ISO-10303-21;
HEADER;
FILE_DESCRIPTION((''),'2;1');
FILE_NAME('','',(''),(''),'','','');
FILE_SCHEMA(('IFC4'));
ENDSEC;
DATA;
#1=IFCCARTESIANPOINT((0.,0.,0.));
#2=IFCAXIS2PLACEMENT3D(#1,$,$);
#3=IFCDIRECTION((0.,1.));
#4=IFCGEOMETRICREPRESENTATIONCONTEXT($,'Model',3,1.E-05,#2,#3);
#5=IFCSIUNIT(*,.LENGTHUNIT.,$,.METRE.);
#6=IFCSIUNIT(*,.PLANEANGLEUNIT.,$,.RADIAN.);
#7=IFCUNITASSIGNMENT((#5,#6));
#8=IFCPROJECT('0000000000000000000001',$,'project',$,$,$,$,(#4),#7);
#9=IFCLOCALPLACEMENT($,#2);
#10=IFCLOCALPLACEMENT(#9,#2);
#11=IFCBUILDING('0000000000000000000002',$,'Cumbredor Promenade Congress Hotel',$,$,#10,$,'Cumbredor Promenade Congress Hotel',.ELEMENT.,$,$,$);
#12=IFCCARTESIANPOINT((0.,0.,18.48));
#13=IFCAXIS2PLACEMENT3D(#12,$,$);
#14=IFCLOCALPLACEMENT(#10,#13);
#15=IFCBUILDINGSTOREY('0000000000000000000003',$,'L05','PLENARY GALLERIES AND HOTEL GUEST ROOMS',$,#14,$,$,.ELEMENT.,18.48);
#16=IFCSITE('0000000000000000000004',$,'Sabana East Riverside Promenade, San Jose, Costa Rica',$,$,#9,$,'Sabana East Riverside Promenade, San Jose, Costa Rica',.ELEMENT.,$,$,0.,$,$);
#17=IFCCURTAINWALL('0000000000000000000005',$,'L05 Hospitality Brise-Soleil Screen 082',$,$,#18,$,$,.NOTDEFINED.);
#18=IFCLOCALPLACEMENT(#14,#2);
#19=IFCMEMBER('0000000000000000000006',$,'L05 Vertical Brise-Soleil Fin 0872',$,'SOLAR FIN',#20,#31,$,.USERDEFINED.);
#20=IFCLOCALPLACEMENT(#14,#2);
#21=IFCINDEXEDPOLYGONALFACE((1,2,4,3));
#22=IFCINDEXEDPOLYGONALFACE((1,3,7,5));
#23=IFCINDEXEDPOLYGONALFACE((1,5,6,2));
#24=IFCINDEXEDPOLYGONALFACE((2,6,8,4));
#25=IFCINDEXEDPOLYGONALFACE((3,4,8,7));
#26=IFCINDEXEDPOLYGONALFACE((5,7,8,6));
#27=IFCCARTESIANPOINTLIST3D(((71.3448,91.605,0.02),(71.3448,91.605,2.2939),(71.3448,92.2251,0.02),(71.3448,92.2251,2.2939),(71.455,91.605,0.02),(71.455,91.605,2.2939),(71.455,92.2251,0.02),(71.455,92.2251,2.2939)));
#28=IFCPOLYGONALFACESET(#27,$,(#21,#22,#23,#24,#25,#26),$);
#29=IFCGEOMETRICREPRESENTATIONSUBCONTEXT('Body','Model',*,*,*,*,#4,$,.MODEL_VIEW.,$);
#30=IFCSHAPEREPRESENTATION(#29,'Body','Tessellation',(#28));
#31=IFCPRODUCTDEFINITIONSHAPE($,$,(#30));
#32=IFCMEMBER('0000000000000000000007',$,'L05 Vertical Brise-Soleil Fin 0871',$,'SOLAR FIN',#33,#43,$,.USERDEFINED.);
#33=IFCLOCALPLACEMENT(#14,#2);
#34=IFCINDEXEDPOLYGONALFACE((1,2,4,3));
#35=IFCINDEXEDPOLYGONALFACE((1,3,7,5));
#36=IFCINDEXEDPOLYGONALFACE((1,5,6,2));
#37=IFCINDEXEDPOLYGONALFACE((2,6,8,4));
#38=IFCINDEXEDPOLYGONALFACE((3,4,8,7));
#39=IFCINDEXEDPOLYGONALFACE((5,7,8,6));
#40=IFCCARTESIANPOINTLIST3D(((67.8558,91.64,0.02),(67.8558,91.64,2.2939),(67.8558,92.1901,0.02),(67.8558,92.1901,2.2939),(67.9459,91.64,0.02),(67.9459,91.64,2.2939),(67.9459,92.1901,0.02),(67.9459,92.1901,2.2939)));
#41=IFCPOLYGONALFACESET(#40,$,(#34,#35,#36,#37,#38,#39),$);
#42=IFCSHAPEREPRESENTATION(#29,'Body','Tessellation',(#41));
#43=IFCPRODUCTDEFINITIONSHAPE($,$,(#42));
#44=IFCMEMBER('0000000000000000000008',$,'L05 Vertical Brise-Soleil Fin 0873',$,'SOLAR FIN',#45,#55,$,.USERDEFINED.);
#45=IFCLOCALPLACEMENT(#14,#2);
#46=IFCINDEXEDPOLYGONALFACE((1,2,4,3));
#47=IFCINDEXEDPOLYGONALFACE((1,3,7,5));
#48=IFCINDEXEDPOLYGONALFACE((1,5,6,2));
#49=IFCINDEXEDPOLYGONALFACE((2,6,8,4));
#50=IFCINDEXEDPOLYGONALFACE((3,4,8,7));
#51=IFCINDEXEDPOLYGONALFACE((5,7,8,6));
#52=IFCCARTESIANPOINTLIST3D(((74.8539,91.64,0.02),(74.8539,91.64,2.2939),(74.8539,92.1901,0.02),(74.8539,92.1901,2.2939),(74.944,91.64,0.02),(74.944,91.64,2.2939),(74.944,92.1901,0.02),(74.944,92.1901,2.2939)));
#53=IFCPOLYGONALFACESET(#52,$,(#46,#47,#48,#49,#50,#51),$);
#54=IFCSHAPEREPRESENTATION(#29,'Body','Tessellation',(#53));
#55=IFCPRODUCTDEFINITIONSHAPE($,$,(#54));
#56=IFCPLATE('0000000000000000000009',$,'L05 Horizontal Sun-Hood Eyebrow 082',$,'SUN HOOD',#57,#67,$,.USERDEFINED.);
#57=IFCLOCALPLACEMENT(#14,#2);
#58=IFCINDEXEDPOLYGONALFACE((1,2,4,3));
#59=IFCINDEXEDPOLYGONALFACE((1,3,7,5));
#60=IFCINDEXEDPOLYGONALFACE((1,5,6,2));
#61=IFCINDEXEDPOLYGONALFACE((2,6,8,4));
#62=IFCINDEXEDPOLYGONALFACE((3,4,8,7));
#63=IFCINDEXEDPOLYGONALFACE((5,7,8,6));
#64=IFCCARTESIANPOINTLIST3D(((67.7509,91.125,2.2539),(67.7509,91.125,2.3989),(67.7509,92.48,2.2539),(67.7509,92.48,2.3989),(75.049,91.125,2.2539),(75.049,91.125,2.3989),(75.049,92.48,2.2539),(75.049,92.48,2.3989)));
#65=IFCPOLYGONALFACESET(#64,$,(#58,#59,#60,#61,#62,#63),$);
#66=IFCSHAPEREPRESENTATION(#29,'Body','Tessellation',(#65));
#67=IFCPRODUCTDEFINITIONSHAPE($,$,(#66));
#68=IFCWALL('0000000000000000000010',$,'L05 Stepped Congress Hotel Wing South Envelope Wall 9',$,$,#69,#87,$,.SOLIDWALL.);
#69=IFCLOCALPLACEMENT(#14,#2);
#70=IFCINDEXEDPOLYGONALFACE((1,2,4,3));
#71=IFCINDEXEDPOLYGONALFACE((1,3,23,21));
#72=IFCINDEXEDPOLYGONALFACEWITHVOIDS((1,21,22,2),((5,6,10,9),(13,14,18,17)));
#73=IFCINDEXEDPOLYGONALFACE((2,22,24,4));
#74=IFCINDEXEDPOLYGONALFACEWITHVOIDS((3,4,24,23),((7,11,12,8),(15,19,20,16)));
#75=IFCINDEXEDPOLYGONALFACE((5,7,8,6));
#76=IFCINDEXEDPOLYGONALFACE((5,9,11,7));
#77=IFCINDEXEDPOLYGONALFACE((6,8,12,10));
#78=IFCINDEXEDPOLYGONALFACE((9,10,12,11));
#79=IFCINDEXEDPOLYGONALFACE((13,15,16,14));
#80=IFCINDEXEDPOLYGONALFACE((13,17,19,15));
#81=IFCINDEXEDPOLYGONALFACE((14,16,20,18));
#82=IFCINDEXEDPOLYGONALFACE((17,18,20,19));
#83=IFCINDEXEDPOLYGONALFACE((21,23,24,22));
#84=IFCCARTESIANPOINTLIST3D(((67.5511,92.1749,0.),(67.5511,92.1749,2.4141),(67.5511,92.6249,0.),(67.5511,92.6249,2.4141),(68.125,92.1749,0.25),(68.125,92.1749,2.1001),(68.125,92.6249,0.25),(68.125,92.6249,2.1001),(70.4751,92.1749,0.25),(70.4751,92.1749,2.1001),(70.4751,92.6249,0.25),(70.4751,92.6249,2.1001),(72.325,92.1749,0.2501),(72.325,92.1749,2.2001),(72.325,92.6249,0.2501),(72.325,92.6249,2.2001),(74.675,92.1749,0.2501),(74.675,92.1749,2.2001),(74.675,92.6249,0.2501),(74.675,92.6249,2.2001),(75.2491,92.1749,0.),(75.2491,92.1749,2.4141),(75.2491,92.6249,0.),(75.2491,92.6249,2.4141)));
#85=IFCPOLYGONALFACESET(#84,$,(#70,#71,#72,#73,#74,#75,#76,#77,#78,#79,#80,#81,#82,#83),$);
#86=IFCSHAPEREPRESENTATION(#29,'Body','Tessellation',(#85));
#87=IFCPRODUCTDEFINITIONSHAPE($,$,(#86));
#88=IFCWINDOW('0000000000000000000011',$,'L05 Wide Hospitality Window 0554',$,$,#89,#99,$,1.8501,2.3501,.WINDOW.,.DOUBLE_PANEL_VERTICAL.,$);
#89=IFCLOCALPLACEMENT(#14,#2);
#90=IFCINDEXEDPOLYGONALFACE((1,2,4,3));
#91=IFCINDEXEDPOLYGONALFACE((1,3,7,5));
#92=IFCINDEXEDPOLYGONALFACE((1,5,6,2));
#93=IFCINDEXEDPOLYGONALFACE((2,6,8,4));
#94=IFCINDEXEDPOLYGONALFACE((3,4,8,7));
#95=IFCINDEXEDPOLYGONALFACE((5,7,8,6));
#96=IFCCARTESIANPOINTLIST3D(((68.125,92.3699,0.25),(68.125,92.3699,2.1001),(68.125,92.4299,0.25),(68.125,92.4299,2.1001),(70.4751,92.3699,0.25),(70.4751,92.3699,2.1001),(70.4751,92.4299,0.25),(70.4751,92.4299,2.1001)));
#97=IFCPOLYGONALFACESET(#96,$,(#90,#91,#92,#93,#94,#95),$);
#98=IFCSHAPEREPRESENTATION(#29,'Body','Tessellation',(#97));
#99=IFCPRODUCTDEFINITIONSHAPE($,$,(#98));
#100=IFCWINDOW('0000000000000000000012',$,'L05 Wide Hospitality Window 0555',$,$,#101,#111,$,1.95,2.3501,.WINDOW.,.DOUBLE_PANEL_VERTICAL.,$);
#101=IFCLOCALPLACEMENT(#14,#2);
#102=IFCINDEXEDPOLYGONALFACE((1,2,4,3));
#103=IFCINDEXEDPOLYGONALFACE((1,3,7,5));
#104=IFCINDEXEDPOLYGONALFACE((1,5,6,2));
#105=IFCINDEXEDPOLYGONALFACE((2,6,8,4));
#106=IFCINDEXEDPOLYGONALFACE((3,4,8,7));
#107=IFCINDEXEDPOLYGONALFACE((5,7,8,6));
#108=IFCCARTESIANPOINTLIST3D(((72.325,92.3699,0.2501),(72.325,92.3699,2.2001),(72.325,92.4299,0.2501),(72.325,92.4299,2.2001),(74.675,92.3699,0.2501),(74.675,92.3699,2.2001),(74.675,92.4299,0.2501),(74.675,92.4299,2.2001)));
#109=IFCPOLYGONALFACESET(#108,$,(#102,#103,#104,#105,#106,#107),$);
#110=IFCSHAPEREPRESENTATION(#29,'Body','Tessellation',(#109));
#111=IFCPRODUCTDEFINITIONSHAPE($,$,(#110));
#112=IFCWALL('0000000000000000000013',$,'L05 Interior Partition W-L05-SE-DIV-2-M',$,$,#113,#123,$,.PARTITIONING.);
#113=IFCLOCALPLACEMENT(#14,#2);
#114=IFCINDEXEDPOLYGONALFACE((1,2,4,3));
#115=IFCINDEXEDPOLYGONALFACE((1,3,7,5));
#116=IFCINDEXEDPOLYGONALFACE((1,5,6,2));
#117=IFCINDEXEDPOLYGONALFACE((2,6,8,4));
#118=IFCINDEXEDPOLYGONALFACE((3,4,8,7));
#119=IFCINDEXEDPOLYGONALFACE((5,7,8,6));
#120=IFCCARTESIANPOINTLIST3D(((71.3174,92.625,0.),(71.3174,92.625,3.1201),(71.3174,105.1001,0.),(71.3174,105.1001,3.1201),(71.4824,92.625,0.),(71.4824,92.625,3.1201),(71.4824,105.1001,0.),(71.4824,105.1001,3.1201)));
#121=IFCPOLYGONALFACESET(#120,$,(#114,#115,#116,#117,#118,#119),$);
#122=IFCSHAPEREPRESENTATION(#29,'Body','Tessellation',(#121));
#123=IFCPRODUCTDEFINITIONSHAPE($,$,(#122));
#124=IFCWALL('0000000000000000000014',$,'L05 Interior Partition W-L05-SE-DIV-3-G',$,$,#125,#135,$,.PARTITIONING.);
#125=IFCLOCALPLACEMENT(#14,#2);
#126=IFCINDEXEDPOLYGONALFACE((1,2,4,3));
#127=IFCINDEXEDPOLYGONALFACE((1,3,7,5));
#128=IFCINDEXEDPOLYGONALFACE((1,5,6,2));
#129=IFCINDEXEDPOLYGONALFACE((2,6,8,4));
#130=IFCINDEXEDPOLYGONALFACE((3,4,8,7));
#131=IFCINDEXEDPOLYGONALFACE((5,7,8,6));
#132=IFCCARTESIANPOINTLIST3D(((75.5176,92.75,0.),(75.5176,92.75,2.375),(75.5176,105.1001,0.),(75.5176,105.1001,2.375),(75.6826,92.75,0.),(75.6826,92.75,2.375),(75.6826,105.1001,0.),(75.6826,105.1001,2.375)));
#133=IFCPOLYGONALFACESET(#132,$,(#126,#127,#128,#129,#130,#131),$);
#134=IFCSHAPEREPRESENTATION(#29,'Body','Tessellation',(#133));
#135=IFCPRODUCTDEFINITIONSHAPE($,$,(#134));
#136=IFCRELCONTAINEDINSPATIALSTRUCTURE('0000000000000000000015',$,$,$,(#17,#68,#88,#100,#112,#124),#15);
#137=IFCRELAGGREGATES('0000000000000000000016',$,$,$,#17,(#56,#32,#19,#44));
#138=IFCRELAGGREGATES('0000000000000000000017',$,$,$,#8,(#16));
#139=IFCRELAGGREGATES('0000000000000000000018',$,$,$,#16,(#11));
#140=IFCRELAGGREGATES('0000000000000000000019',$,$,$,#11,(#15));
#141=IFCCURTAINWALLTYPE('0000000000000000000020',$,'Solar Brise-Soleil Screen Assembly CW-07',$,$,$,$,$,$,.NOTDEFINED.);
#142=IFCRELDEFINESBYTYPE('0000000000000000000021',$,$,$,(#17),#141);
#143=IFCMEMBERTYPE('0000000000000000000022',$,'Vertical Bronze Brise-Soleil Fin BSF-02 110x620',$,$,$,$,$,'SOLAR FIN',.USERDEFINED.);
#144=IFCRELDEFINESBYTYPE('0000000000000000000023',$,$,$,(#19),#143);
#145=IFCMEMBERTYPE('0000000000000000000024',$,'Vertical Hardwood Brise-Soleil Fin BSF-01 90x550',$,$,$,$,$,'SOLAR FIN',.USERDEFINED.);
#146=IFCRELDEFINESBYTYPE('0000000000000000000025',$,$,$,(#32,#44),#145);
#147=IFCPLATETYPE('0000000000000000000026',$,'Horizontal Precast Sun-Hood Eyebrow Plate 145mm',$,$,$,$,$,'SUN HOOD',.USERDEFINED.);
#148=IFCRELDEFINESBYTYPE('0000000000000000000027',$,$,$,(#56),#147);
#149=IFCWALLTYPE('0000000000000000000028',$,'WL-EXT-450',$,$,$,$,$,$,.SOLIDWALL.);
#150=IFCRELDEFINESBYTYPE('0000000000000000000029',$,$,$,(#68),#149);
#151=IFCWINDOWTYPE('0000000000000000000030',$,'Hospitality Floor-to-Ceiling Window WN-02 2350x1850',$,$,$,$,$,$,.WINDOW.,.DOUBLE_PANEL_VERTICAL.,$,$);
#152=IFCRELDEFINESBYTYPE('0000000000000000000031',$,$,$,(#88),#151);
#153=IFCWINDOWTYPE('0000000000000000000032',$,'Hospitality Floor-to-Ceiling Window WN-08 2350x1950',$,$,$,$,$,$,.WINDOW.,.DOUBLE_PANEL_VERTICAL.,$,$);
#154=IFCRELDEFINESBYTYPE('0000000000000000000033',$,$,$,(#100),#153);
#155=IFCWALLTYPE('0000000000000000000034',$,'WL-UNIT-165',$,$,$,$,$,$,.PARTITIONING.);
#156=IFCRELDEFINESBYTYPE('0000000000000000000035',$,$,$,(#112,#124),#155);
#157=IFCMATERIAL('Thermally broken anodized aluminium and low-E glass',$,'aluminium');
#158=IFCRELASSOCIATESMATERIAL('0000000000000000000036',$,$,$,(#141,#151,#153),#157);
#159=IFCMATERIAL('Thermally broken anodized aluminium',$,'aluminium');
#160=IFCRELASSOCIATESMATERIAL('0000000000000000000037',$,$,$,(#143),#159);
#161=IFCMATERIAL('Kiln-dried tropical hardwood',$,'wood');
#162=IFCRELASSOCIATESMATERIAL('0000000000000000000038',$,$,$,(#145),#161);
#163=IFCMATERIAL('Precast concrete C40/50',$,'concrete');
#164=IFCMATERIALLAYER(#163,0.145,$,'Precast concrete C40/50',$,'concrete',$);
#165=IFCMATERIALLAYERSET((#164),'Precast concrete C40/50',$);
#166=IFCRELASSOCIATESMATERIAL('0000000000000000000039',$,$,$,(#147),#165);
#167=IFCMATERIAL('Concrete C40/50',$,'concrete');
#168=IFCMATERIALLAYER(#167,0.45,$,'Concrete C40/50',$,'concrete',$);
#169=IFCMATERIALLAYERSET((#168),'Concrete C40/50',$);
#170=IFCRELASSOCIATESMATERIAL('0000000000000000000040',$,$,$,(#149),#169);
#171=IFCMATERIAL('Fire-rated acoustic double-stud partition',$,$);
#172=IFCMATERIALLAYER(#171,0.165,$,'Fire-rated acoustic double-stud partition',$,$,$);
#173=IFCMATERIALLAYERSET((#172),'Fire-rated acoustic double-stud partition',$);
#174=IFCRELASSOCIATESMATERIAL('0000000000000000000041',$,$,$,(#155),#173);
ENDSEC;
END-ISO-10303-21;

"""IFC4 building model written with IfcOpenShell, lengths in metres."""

from ifc_helpers import new_model, si_unit, direction, frame, frame_2d, origin, origin_2d, place, context, subcontext, project, spatial, rectangle, extrude, material, layer, layer_set, material_profile, profile_set, type_object, element, fill, aggregate, save


model = new_model("IFC4")

# Units and contexts
model_context = context("Model", 3, precision=1e-05, world=origin(), true_north=direction((0.0, 1.0)))
body_context = subcontext(model_context, "Body", "Model", "MODEL_VIEW")
ifc_project = project(units=[si_unit("LENGTHUNIT", "METRE"), si_unit("PLANEANGLEUNIT", "RADIAN")], contexts=[model_context])

# Site, building, storey
site_placement = place(None, origin())
site = spatial("IfcSite", under=ifc_project, at=site_placement, Name="Sabana East Riverside Promenade, San Jose, Costa Rica", LongName="Sabana East Riverside Promenade, San Jose, Costa Rica", CompositionType="ELEMENT", RefElevation=0.0)
building_placement = place(site_placement, origin())
building = spatial("IfcBuilding", under=site, at=building_placement, Name="Cumbredor Promenade Congress Hotel", LongName="Cumbredor Promenade Congress Hotel", CompositionType="ELEMENT")
storey_placement = place(building_placement, frame((0.0, 0.0, 18.48)))
storey = spatial("IfcBuildingStorey", under=building, at=storey_placement, Name="L05", Description="PLENARY GALLERIES AND HOTEL GUEST ROOMS", CompositionType="ELEMENT", Elevation=18.48)

# Shared definitions
ifc_material_1 = material(Name="Concrete C40/50", Category="concrete")

# Curtain wall
ifc_material_2 = material(Name="Thermally broken anodized aluminium and low-E glass", Category="aluminium")
curtain_wall_type = type_object("IfcCurtainWallType", Name="Solar Brise-Soleil Screen Assembly CW-07", PredefinedType="NOTDEFINED", material=ifc_material_2)
curtain_wall_placement = place(storey_placement, origin())
curtain_wall = element("IfcCurtainWall", 1, at=curtain_wall_placement, inside=storey, type_object=curtain_wall_type, Name="L05 Hospitality Brise-Soleil Screen 082", PredefinedType="NOTDEFINED")
ifc_material_3 = material(Name="Thermally broken anodized aluminium", Category="aluminium")

# Members
ifc_material_profile_1 = material_profile(ifc_material_3, rectangle(XDim=0.1101, YDim=0.6201, at=origin_2d()), Name="ARCH FIN 110x620")
ifc_profile_set_1 = profile_set([ifc_material_profile_1], Name="Thermally broken anodized aluminium")
member_type_1 = type_object("IfcMemberType", Name="Vertical Bronze Brise-Soleil Fin BSF-02 110x620", ElementType="SOLAR FIN", PredefinedType="USERDEFINED", material=ifc_profile_set_1)
member_1_placement = place(storey_placement, frame((71.3999, 91.915, 0.02), z_axis=(0.0, 0.0, 1.0), x_axis=(1.0, 0.0, 0.0)))
member_1 = element("IfcMember", 2, at=member_1_placement, type_object=member_type_1, Name="L05 Vertical Brise-Soleil Fin 0872", ObjectType="SOLAR FIN", PredefinedType="USERDEFINED", context=body_context, shape_type="SweptSolid", body=[
    extrude(rectangle(XDim=0.1101, YDim=0.6201, at=origin_2d()), origin(), (0.0, 0.0, 1.0), 2.2739),
])
ifc_material_4 = material(Name="Kiln-dried tropical hardwood", Category="wood")
ifc_material_profile_2 = material_profile(ifc_material_4, rectangle(XDim=0.0901, YDim=0.55, at=origin_2d()), Name="ARCH FIN 90x550")
ifc_profile_set_2 = profile_set([ifc_material_profile_2], Name="Kiln-dried tropical hardwood")
member_type_2 = type_object("IfcMemberType", Name="Vertical Hardwood Brise-Soleil Fin BSF-01 90x550", ElementType="SOLAR FIN", PredefinedType="USERDEFINED", material=ifc_profile_set_2)
member_2_placement = place(storey_placement, frame((67.9009, 91.915, 0.02), z_axis=(0.0, 0.0, 1.0), x_axis=(1.0, 0.0, 0.0)))
member_2 = element("IfcMember", 3, at=member_2_placement, type_object=member_type_2, Name="L05 Vertical Brise-Soleil Fin 0871", ObjectType="SOLAR FIN", PredefinedType="USERDEFINED", context=body_context, shape_type="SweptSolid", body=[
    extrude(rectangle(XDim=0.0901, YDim=0.55, at=origin_2d()), origin(), (0.0, 0.0, 1.0), 2.2739),
])
member_3_placement = place(storey_placement, frame((74.8989, 91.915, 0.02), z_axis=(0.0, 0.0, 1.0), x_axis=(1.0, 0.0, 0.0)))
member_3 = element("IfcMember", 4, at=member_3_placement, type_object=member_type_2, Name="L05 Vertical Brise-Soleil Fin 0873", ObjectType="SOLAR FIN", PredefinedType="USERDEFINED", context=body_context, shape_type="SweptSolid", body=[
    extrude(rectangle(XDim=0.0901, YDim=0.55, at=origin_2d()), origin(), (0.0, 0.0, 1.0), 2.2739),
])

# Plate
ifc_material_5 = material(Name="Precast concrete C40/50", Category="concrete")
ifc_layer_1 = layer(ifc_material_5, 0.145, Name="Precast concrete C40/50", Category="concrete")
ifc_layer_set_1 = layer_set([ifc_layer_1], Name="Precast concrete C40/50")
plate_type = type_object("IfcPlateType", Name="Horizontal Precast Sun-Hood Eyebrow Plate 145mm", ElementType="SUN HOOD", PredefinedType="USERDEFINED", material=ifc_layer_set_1)
plate_placement = place(storey_placement, frame((71.3999, 91.8025, 2.2539), z_axis=(0.0, 0.0, 1.0), x_axis=(1.0, 0.0, 0.0)))
plate = element("IfcPlate", 5, at=plate_placement, type_object=plate_type, Name="L05 Horizontal Sun-Hood Eyebrow 082", ObjectType="SUN HOOD", PredefinedType="USERDEFINED", context=body_context, shape_type="SweptSolid", body=[
    extrude(rectangle(XDim=7.2981, YDim=1.355, at=origin_2d()), origin(), (0.0, 0.0, 1.0), 0.145),
])
aggregate(curtain_wall, [plate, member_2, member_1, member_3])

# Wall, openings, windows
ifc_layer_2 = layer(ifc_material_1, 0.45, Name="Concrete C40/50", Category="concrete")
ifc_layer_set_2 = layer_set([ifc_layer_2], Name="Concrete C40/50")
wall_type_1 = type_object("IfcWallType", Name="WL-EXT-450", PredefinedType="SOLIDWALL", material=ifc_layer_set_2)
wall_1_placement = place(storey_placement, frame((67.551, 92.3999, 0.0), z_axis=(0.0, 0.0, 1.0), x_axis=(1.0, 0.0, 0.0)))
wall_1 = element("IfcWall", 6, at=wall_1_placement, inside=storey, type_object=wall_type_1, Name="L05 Stepped Congress Hotel Wing South Envelope Wall 9", PredefinedType="SOLIDWALL", context=body_context, shape_type="SweptSolid", body=[
    extrude(rectangle(XDim=7.698, YDim=0.45, at=frame_2d((3.8491, 0.0))), origin(), (0.0, 0.0, 1.0), 2.4141),
])
opening_1_placement = place(wall_1_placement, frame((0.574, 0.0, 0.25)))
opening_1 = element("IfcOpeningElement", 7, at=opening_1_placement, cuts=wall_1, PredefinedType="OPENING", context=body_context, shape_type="SweptSolid", body=[
    extrude(rectangle(XDim=2.3501, YDim=1.8501, at=frame_2d((1.175, 0.925))), frame((0.0, 0.2349, 0.0), z_axis=(0.0, -1.0, 0.0), x_axis=(1.0, 0.0, 0.0)), (0.0, 0.0, 1.0), 0.47),
])
opening_2_placement = place(wall_1_placement, frame((4.7739, 0.0, 0.25)))
opening_2 = element("IfcOpeningElement", 8, at=opening_2_placement, cuts=wall_1, PredefinedType="OPENING", context=body_context, shape_type="SweptSolid", body=[
    extrude(rectangle(XDim=2.3501, YDim=1.95, at=frame_2d((1.175, 0.9751))), frame((0.0, 0.2349, 0.0), z_axis=(0.0, -1.0, 0.0), x_axis=(1.0, 0.0, 0.0)), (0.0, 0.0, 1.0), 0.47),
])
window_type_1 = type_object("IfcWindowType", Name="Hospitality Floor-to-Ceiling Window WN-02 2350x1850", PartitioningType="DOUBLE_PANEL_VERTICAL", PredefinedType="WINDOW", material=ifc_material_2)
window_1_placement = place(opening_1_placement, origin())
window_1 = element("IfcWindow", 9, at=window_1_placement, inside=storey, type_object=window_type_1, Name="L05 Wide Hospitality Window 0554", OverallHeight=1.8501, OverallWidth=2.3501, PartitioningType="DOUBLE_PANEL_VERTICAL", PredefinedType="WINDOW", context=body_context, shape_type="SweptSolid", body=[
    extrude(rectangle(XDim=2.3501, YDim=1.8501, at=frame_2d((1.175, 0.925))), frame((0.0, 0.03, 0.0), z_axis=(0.0, -1.0, 0.0), x_axis=(1.0, 0.0, 0.0)), (0.0, 0.0, 1.0), 0.0601),
])
fill(opening_1, window_1)
window_type_2 = type_object("IfcWindowType", Name="Hospitality Floor-to-Ceiling Window WN-08 2350x1950", PartitioningType="DOUBLE_PANEL_VERTICAL", PredefinedType="WINDOW", material=ifc_material_2)
window_2_placement = place(opening_2_placement, origin())
window_2 = element("IfcWindow", 10, at=window_2_placement, inside=storey, type_object=window_type_2, Name="L05 Wide Hospitality Window 0555", OverallHeight=1.95, OverallWidth=2.3501, PartitioningType="DOUBLE_PANEL_VERTICAL", PredefinedType="WINDOW", context=body_context, shape_type="SweptSolid", body=[
    extrude(rectangle(XDim=2.3501, YDim=1.95, at=frame_2d((1.175, 0.9751))), frame((0.0, 0.03, 0.0), z_axis=(0.0, -1.0, 0.0), x_axis=(1.0, 0.0, 0.0)), (0.0, 0.0, 1.0), 0.0601),
])
fill(opening_2, window_2)

# Walls
ifc_material_6 = material(Name="Fire-rated acoustic double-stud partition")
ifc_layer_3 = layer(ifc_material_6, 0.165, Name="Fire-rated acoustic double-stud partition")
ifc_layer_set_3 = layer_set([ifc_layer_3], Name="Fire-rated acoustic double-stud partition")
wall_type_2 = type_object("IfcWallType", Name="WL-UNIT-165", PredefinedType="PARTITIONING", material=ifc_layer_set_3)
wall_2_placement = place(storey_placement, frame((71.3999, 92.625, 0.0), z_axis=(0.0, 0.0, 1.0), x_axis=(0.0, 1.0, 0.0)))
element("IfcWall", 11, at=wall_2_placement, inside=storey, type_object=wall_type_2, Name="L05 Interior Partition W-L05-SE-DIV-2-M", PredefinedType="PARTITIONING", context=body_context, shape_type="SweptSolid", body=[
    extrude(rectangle(XDim=12.4751, YDim=0.165, at=frame_2d((6.2375, 0.0))), origin(), (0.0, 0.0, 1.0), 3.1201),
])
wall_3_placement = place(storey_placement, frame((75.6001, 92.75, 0.0), z_axis=(0.0, 0.0, 1.0), x_axis=(0.0, 1.0, 0.0)))
element("IfcWall", 12, at=wall_3_placement, inside=storey, type_object=wall_type_2, Name="L05 Interior Partition W-L05-SE-DIV-3-G", PredefinedType="PARTITIONING", context=body_context, shape_type="SweptSolid", body=[
    extrude(rectangle(XDim=12.3501, YDim=0.165, at=frame_2d((6.175, 0.0))), origin(), (0.0, 0.0, 1.0), 2.375),
])

save(model, "model.ifc")
